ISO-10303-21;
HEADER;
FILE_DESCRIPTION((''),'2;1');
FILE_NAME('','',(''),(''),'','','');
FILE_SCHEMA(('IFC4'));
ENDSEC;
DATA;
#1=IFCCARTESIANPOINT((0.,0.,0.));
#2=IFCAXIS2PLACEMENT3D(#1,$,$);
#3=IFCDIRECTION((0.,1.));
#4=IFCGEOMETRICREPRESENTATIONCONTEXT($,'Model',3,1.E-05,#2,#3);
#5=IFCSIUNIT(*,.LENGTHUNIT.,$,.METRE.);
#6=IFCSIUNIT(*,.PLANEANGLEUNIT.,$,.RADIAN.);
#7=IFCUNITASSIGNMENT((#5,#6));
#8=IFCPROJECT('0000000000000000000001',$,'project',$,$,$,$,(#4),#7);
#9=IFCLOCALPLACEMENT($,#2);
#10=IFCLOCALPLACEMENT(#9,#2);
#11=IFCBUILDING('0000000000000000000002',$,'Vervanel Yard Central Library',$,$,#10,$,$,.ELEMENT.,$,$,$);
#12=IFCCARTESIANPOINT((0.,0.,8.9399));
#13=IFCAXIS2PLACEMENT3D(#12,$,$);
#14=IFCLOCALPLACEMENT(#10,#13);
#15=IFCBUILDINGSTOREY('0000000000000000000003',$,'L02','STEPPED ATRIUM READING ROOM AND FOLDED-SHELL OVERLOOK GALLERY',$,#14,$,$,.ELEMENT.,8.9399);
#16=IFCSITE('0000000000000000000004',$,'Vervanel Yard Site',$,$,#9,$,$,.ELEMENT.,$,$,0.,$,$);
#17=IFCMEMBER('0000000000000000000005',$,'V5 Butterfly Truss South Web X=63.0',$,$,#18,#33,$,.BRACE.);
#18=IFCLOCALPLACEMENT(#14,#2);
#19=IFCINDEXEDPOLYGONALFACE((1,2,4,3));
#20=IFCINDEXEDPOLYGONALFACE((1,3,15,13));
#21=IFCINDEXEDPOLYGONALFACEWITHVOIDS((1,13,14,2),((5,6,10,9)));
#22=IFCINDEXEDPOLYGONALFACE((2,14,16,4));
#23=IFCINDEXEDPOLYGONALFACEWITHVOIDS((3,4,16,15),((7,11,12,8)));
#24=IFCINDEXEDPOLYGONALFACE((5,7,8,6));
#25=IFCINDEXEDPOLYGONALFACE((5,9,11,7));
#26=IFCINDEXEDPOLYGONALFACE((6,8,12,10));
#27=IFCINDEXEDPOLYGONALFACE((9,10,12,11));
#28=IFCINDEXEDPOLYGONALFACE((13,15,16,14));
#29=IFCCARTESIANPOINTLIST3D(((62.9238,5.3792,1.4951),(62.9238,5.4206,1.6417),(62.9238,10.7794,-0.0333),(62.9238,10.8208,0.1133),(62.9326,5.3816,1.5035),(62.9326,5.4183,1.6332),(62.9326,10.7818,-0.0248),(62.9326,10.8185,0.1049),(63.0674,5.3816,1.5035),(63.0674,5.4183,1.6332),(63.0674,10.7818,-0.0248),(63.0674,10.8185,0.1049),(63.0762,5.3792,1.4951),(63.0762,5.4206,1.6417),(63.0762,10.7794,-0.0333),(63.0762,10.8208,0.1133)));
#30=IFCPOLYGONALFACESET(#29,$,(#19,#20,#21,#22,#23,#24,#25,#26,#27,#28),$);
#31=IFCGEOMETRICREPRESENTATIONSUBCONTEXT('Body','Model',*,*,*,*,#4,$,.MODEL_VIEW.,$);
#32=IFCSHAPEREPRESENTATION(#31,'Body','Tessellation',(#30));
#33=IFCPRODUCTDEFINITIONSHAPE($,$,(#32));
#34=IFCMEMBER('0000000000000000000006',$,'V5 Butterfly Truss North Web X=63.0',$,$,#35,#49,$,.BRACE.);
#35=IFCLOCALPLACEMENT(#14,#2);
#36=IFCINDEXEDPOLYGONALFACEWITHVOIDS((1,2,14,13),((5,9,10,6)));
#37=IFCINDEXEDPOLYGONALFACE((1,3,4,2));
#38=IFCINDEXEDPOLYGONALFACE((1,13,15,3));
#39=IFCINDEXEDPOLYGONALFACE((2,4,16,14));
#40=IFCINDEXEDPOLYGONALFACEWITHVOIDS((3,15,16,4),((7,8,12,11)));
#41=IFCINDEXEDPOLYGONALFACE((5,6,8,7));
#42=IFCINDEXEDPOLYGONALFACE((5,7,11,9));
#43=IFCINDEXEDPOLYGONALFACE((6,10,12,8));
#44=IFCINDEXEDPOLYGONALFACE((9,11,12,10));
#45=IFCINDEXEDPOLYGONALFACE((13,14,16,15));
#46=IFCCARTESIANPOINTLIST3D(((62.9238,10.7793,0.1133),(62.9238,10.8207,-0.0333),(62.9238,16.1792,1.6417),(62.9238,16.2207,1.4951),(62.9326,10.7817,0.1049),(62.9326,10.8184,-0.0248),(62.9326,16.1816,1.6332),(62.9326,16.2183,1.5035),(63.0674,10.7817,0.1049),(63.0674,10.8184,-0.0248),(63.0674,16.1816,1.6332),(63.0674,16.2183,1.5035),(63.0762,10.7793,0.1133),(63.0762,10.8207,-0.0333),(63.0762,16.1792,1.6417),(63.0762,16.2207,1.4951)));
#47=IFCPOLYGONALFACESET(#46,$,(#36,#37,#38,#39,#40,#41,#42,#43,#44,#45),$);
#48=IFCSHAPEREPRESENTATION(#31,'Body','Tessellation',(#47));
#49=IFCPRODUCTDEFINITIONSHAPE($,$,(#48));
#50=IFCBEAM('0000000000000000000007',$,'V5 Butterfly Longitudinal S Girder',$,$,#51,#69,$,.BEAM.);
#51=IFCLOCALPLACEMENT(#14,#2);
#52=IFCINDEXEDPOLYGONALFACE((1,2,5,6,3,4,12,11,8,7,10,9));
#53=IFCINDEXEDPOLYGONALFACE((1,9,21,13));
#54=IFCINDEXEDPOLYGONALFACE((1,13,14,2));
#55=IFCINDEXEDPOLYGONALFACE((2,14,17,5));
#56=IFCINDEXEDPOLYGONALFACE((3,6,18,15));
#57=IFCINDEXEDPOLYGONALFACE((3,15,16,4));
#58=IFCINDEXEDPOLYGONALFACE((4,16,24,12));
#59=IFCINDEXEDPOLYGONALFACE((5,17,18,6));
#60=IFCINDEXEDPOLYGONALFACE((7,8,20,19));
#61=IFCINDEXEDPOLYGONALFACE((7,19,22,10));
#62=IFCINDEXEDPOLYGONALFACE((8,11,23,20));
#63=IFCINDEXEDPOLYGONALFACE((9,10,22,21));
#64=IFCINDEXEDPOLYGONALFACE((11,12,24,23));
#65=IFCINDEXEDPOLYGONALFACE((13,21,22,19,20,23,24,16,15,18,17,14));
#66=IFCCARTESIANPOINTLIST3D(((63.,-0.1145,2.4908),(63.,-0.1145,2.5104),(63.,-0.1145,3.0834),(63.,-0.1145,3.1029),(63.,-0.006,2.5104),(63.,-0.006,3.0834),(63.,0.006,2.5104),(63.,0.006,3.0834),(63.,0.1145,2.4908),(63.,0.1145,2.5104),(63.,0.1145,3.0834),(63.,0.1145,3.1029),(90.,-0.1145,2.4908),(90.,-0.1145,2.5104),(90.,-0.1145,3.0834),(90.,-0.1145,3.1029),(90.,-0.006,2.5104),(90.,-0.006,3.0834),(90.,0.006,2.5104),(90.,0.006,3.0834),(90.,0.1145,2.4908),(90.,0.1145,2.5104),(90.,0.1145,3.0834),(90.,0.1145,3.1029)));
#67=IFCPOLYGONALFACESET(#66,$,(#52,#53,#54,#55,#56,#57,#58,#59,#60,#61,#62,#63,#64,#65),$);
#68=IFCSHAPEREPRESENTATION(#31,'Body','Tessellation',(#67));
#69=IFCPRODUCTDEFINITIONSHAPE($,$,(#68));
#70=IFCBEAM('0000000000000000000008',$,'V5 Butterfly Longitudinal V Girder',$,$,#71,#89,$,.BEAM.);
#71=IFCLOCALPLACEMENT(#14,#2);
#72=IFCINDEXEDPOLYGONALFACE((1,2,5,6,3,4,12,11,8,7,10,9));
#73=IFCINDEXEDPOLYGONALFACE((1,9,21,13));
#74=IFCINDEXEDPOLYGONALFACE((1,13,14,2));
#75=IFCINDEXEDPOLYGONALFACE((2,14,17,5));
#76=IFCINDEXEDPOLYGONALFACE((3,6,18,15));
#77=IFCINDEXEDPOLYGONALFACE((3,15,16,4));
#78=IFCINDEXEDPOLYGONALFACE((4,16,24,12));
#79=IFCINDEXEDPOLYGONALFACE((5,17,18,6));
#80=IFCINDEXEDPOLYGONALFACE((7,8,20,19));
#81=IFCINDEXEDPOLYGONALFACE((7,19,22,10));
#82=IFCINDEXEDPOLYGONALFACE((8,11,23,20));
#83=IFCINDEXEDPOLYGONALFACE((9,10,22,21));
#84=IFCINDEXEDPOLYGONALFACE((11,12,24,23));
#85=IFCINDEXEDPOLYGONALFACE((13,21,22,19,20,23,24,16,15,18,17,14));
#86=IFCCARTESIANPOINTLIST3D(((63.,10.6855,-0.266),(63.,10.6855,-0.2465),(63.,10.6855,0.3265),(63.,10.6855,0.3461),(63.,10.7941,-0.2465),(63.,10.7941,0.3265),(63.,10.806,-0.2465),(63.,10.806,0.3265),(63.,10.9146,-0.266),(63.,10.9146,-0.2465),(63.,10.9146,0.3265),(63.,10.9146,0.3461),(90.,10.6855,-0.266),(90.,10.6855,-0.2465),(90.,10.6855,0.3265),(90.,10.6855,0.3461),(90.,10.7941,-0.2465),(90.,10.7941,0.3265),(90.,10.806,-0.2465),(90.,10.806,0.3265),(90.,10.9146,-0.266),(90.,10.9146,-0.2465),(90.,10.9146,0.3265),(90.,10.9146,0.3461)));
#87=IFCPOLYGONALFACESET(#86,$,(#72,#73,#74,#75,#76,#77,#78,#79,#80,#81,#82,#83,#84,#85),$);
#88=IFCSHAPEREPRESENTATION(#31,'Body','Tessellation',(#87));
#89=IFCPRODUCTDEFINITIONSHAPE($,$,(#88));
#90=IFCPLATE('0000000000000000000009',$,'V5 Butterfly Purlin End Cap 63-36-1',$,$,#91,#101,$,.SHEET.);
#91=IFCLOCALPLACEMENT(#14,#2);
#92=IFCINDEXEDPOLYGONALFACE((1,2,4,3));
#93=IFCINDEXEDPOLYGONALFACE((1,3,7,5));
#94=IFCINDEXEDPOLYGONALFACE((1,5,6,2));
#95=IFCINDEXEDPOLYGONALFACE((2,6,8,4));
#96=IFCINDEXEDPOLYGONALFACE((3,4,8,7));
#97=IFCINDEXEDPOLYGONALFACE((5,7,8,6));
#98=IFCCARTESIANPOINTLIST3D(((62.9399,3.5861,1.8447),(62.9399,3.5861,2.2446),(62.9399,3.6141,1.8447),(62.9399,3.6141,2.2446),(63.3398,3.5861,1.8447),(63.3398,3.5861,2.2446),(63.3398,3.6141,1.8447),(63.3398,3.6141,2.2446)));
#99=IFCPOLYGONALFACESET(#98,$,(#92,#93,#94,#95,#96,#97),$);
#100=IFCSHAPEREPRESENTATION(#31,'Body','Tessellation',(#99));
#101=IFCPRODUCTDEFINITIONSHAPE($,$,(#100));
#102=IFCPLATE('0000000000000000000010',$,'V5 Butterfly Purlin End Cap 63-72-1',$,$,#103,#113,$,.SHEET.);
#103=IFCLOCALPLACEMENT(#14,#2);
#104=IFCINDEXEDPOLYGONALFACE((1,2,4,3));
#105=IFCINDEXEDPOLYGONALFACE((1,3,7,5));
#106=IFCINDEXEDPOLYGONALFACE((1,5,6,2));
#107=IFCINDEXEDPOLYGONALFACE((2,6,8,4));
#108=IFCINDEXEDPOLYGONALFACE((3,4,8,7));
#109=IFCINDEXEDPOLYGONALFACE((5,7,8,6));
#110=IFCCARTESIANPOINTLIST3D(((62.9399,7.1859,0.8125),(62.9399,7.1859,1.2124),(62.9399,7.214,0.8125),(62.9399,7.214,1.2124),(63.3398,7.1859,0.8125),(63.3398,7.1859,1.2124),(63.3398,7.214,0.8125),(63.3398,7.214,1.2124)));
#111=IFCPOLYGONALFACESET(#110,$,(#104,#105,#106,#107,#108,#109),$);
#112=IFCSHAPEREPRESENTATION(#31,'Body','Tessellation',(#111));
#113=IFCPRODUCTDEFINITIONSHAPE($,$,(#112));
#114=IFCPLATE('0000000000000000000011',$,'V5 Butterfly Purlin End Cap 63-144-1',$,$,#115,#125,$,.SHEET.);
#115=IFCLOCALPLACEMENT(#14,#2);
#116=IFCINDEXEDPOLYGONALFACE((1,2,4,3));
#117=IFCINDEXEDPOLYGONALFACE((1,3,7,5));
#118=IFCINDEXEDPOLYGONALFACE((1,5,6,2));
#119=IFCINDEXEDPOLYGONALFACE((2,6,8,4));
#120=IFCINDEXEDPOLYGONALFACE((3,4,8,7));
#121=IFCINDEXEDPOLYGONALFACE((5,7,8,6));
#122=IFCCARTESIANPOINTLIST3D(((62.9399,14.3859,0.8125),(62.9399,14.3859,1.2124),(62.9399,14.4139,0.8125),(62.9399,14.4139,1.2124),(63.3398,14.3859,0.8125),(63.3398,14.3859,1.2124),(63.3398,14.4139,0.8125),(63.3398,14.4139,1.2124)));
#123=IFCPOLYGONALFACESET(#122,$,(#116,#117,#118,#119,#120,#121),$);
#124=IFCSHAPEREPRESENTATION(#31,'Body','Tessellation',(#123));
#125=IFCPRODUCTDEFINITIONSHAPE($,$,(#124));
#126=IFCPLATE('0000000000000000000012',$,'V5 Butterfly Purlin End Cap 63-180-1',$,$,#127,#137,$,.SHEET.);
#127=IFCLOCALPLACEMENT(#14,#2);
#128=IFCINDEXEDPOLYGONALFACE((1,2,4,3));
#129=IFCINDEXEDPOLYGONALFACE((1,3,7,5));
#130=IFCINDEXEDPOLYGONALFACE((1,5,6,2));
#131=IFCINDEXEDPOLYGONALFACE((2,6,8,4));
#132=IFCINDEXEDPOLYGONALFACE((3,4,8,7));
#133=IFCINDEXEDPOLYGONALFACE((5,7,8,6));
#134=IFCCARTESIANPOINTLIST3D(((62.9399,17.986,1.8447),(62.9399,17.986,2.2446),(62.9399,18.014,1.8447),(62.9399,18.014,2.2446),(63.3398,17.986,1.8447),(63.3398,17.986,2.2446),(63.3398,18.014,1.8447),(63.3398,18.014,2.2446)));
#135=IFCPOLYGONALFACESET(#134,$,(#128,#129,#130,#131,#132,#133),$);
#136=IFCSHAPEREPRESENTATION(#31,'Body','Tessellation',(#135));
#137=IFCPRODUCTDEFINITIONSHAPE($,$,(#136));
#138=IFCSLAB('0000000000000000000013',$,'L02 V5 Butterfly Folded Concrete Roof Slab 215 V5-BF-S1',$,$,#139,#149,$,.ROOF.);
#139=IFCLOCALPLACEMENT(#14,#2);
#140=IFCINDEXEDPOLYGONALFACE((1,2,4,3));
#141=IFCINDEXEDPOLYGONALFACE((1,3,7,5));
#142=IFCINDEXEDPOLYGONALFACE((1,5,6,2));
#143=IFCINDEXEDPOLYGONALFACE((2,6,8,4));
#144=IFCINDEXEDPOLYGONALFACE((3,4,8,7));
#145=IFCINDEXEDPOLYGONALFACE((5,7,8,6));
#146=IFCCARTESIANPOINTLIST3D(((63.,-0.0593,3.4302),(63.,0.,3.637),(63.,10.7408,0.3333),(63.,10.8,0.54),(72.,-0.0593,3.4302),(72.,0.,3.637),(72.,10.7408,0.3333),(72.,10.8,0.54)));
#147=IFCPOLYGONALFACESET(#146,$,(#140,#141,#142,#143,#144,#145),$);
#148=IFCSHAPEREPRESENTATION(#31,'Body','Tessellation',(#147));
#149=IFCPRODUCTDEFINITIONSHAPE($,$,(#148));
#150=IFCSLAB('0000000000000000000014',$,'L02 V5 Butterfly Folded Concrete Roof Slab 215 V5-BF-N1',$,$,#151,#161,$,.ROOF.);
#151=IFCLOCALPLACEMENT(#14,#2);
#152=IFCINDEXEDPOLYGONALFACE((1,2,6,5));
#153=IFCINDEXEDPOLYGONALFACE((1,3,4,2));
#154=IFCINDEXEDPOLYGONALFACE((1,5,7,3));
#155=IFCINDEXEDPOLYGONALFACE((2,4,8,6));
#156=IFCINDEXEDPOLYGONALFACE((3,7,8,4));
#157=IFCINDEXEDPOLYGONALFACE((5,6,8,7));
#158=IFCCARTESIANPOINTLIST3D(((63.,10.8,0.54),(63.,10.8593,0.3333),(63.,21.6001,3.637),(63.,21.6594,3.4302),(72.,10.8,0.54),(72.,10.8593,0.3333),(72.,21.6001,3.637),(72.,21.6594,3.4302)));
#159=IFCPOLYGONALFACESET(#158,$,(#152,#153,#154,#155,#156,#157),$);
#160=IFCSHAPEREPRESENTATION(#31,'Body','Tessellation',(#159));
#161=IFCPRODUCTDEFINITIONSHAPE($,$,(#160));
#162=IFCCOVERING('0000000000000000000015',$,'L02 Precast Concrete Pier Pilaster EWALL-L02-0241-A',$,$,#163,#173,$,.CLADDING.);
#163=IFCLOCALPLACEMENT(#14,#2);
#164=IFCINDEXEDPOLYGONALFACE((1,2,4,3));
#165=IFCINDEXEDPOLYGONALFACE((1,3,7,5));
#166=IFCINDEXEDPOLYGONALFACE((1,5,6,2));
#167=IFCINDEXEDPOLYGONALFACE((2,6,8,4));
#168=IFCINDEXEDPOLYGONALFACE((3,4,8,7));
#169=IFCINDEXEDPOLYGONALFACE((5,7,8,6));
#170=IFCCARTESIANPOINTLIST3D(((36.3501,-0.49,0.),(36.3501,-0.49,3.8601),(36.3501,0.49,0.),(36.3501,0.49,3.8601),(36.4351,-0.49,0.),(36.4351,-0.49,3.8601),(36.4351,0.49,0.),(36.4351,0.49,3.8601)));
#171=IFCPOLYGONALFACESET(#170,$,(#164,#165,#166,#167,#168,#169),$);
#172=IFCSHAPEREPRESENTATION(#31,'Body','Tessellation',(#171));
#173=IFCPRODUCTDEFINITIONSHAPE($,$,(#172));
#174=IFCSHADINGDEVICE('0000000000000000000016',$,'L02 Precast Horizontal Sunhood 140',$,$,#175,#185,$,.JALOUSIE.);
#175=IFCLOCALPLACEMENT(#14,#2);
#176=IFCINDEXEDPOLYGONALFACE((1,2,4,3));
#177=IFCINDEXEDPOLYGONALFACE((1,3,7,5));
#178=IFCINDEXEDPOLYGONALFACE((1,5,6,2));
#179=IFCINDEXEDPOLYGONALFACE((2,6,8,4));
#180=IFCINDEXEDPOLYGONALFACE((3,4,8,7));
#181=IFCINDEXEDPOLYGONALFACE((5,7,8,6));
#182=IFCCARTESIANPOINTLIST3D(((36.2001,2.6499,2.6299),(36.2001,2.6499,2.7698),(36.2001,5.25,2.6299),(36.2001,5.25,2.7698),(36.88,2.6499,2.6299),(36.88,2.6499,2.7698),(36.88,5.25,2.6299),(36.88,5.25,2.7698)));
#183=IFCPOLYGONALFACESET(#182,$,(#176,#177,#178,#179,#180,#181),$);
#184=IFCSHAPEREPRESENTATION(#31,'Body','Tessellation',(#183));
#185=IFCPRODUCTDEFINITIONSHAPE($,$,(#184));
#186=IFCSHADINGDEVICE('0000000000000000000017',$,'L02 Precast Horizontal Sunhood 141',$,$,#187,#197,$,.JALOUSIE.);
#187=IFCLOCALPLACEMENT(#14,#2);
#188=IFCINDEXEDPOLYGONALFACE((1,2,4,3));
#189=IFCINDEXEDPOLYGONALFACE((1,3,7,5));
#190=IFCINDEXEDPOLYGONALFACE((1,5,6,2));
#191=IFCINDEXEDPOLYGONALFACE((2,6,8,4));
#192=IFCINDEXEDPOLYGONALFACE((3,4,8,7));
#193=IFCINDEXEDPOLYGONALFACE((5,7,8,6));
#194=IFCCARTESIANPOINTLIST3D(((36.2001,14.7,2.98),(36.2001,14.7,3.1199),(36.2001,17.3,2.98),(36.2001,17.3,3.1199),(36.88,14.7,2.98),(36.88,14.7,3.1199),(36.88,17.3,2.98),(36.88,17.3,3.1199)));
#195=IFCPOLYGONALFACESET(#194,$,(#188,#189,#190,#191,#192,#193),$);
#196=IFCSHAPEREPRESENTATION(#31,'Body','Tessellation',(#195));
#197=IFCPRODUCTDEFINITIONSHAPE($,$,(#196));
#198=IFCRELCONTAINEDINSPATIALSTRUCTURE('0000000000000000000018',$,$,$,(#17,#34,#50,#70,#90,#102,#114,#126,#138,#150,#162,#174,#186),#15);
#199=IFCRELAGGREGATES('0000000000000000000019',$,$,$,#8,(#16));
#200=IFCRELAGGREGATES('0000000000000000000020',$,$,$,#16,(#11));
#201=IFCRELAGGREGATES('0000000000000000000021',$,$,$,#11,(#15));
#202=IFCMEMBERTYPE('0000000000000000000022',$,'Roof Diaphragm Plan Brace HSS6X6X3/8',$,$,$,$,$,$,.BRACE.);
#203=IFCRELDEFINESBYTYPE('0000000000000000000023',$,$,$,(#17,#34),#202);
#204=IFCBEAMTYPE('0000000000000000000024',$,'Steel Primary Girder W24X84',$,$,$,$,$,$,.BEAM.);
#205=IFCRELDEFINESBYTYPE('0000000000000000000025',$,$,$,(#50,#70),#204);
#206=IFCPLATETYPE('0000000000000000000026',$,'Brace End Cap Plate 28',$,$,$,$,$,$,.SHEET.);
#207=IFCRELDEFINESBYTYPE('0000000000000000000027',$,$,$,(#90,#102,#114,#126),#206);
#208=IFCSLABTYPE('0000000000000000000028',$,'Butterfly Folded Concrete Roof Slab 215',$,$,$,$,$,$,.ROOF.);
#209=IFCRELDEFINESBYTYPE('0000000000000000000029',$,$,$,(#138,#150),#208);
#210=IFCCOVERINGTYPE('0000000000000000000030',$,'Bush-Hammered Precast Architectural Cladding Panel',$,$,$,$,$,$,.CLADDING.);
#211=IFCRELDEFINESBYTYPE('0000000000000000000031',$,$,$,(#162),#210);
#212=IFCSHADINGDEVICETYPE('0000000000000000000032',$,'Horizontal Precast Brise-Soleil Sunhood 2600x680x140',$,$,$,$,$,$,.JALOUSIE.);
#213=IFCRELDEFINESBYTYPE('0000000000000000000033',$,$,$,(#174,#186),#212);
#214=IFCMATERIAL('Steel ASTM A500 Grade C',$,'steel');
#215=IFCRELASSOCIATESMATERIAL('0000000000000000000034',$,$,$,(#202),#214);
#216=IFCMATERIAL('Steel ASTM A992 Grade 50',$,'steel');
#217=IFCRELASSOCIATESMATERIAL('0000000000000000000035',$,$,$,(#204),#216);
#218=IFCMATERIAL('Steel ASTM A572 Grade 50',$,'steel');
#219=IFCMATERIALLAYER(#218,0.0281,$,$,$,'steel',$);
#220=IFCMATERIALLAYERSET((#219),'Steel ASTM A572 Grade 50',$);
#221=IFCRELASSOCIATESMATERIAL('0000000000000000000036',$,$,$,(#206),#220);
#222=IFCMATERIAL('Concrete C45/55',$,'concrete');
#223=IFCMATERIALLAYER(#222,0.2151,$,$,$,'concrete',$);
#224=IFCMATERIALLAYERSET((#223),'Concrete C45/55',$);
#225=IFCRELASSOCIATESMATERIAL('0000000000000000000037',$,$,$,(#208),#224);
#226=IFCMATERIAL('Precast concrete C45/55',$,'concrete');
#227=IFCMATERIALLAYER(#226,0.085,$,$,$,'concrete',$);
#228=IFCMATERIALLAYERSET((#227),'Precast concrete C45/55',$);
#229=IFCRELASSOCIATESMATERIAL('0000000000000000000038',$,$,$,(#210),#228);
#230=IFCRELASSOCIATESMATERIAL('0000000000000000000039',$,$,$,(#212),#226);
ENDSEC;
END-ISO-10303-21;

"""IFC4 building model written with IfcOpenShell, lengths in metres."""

from ifc_helpers import new_model, si_unit, direction, frame, origin, origin_2d, place, context, subcontext, project, spatial, polyline, rectangle, hollow_rectangle, i_section, outline, extrude, material, layer, layer_set, material_profile, profile_set, type_object, element, save


model = new_model("IFC4")

# Units and contexts
model_context = context("Model", 3, precision=1e-05, world=origin(), true_north=direction((0.0, 1.0)))
body_context = subcontext(model_context, "Body", "Model", "MODEL_VIEW")
ifc_project = project(units=[si_unit("LENGTHUNIT", "METRE"), si_unit("PLANEANGLEUNIT", "RADIAN")], contexts=[model_context])

# Site, building, storey
site_placement = place(None, origin())
site = spatial("IfcSite", under=ifc_project, at=site_placement, Name="Vervanel Yard Site", CompositionType="ELEMENT", RefElevation=0.0)
building_placement = place(site_placement, origin())
building = spatial("IfcBuilding", under=site, at=building_placement, Name="Vervanel Yard Central Library", CompositionType="ELEMENT")
storey_placement = place(building_placement, frame((0.0, 0.0, 8.9399)))
storey = spatial("IfcBuildingStorey", under=building, at=storey_placement, Name="L02", Description="STEPPED ATRIUM READING ROOM AND FOLDED-SHELL OVERLOOK GALLERY", CompositionType="ELEMENT", Elevation=8.9399)

# Shared definitions
ifc_material_1 = material(Name="Steel ASTM A992 Grade 50", Category="steel")

# Shared definitions
ifc_material_2 = material(Name="Steel ASTM A500 Grade C", Category="steel")

# Members
ifc_material_profile_1 = material_profile(ifc_material_2, hollow_rectangle(XDim=0.1523, YDim=0.1523, WallThickness=0.0088, at=origin_2d()), Name="HSS6X6X3/8", Category="steel")
ifc_profile_set_1 = profile_set([ifc_material_profile_1], Name="Steel ASTM A500 Grade C")
member_type_1 = type_object("IfcMemberType", Name="Roof Diaphragm Plan Brace HSS6X6X3/8", PredefinedType="BRACE", material=ifc_profile_set_1)
member_1_placement = place(storey_placement, frame((63.0, 5.3999, 1.5684), z_axis=(0.0, 0.962207, -0.272319), x_axis=(-1.0, 0.0, 0.0)))
element("IfcMember", 1, at=member_1_placement, inside=storey, type_object=member_type_1, Name="V5 Butterfly Truss South Web X=63.0", PredefinedType="BRACE", context=body_context, shape_type="SweptSolid", body=[
    extrude(hollow_rectangle(XDim=0.1523, YDim=0.1523, WallThickness=0.0088, at=origin_2d()), origin(), (0.0, 0.0, 1.0), 5.6123),
])
member_2_placement = place(storey_placement, frame((63.0, 16.2, 1.5684), z_axis=(0.0, -0.962204, -0.27233), x_axis=(1.0, 0.0, 0.0)))
element("IfcMember", 2, at=member_2_placement, inside=storey, type_object=member_type_1, Name="V5 Butterfly Truss North Web X=63.0", PredefinedType="BRACE", context=body_context, shape_type="SweptSolid", body=[
    extrude(hollow_rectangle(XDim=0.1523, YDim=0.1523, WallThickness=0.0088, at=origin_2d()), origin(), (0.0, 0.0, 1.0), 5.6121),
])

# Beams
ifc_material_profile_2 = material_profile(ifc_material_1, i_section(OverallWidth=0.229, OverallDepth=0.6121, WebThickness=0.012, FlangeThickness=0.0195, at=origin_2d()), Name="W24X84", Category="steel")
ifc_profile_set_2 = profile_set([ifc_material_profile_2], Name="Steel ASTM A992 Grade 50")
beam_type_1 = type_object("IfcBeamType", Name="Steel Primary Girder W24X84", PredefinedType="BEAM", material=ifc_profile_set_2)
for number, where, z_axis, x_axis, name in (
    (3, (63.0, 0.0, 2.7969), (1.0, 0.0, 0.0), (0.0, 1.0, 0.0), "V5 Butterfly Longitudinal S Girder"),
    (4, (63.0, 10.8, 0.04), (1.0, 0.0, 0.0), (0.0, 1.0, 0.0), "V5 Butterfly Longitudinal V Girder"),
):
    element("IfcBeam", number, at=place(storey_placement, frame(where, z_axis=z_axis, x_axis=x_axis)), inside=storey, type_object=beam_type_1, Name=name, PredefinedType="BEAM", context=body_context, shape_type="SweptSolid", body=[
        extrude(i_section(OverallWidth=0.229, OverallDepth=0.6121, WebThickness=0.012, FlangeThickness=0.0195, at=origin_2d()), origin(), (0.0, 0.0, 1.0), 27.0),
    ])

# Plates
ifc_material_3 = material(Name="Steel ASTM A572 Grade 50", Category="steel")
ifc_layer_1 = layer(ifc_material_3, 0.0281, Category="steel")
ifc_layer_set_1 = layer_set([ifc_layer_1], Name="Steel ASTM A572 Grade 50")
plate_type = type_object("IfcPlateType", Name="Brace End Cap Plate 28", PredefinedType="SHEET", material=ifc_layer_set_1)
for number, where, z_axis, x_axis, name in (
    (5, (63.1399, 3.6001, 1.8447), (0.0, 0.0, 1.0), (1.0, 0.0, 0.0), "V5 Butterfly Purlin End Cap 63-36-1"),
    (6, (63.1399, 7.2, 0.8125), (0.0, 0.0, 1.0), (1.0, 0.0, 0.0), "V5 Butterfly Purlin End Cap 63-72-1"),
    (7, (63.1399, 14.3999, 0.8125), (0.0, 0.0, 1.0), (1.0, 0.0, 0.0), "V5 Butterfly Purlin End Cap 63-144-1"),
    (8, (63.1399, 18.0, 1.8447), (0.0, 0.0, 1.0), (1.0, 0.0, 0.0), "V5 Butterfly Purlin End Cap 63-180-1"),
):
    element("IfcPlate", number, at=place(storey_placement, frame(where, z_axis=z_axis, x_axis=x_axis)), inside=storey, type_object=plate_type, Name=name, PredefinedType="SHEET", context=body_context, shape_type="SweptSolid", body=[
        extrude(rectangle(XDim=0.3999, YDim=0.0281, at=origin_2d()), origin(), (0.0, 0.0, 1.0), 0.3999),
    ])

# Slabs
ifc_material_4 = material(Name="Concrete C45/55", Category="concrete")
ifc_layer_2 = layer(ifc_material_4, 0.2151, Category="concrete")
ifc_layer_set_2 = layer_set([ifc_layer_2], Name="Concrete C45/55")
slab_type = type_object("IfcSlabType", Name="Butterfly Folded Concrete Roof Slab 215", PredefinedType="ROOF", material=ifc_layer_set_2)
for number, where, z_axis, x_axis, name in (
    (9, (63.0, 0.0, 3.637), (0.0, 0.275642, 0.96126), (1.0, 0.0, 0.0), "L02 V5 Butterfly Folded Concrete Roof Slab 215 V5-BF-S1"),
    (10, (63.0, 10.8, 0.54), (0.0, -0.275642, 0.96126), (1.0, 0.0, 0.0), "L02 V5 Butterfly Folded Concrete Roof Slab 215 V5-BF-N1"),
):
    element("IfcSlab", number, at=place(storey_placement, frame(where, z_axis=z_axis, x_axis=x_axis)), inside=storey, type_object=slab_type, Name=name, PredefinedType="ROOF", context=body_context, shape_type="SweptSolid", body=[
        extrude(outline(polyline([(0.0, 0.0), (9.0, 0.0), (9.0, 11.2353), (0.0, 11.2353), (0.0, 0.0)])), origin(), (0.0, 0.0, -1.0), 0.2151),
    ])

# Covering
ifc_material_5 = material(Name="Precast concrete C45/55", Category="concrete")
ifc_layer_3 = layer(ifc_material_5, 0.085, Category="concrete")
ifc_layer_set_3 = layer_set([ifc_layer_3], Name="Precast concrete C45/55")
covering_type = type_object("IfcCoveringType", Name="Bush-Hammered Precast Architectural Cladding Panel", PredefinedType="CLADDING", material=ifc_layer_set_3)
covering_placement = place(storey_placement, frame((36.3926, 0.0, 0.0), z_axis=(0.0, 0.0, 1.0), x_axis=(0.0, 1.0, 0.0)))
element("IfcCovering", 11, at=covering_placement, inside=storey, type_object=covering_type, Name="L02 Precast Concrete Pier Pilaster EWALL-L02-0241-A", PredefinedType="CLADDING", context=body_context, shape_type="SweptSolid", body=[
    extrude(rectangle(XDim=0.98, YDim=0.085, at=origin_2d()), origin(), (0.0, 0.0, 1.0), 3.8601),
])

# Shading devices
shading_device_type_1 = type_object("IfcShadingDeviceType", Name="Horizontal Precast Brise-Soleil Sunhood 2600x680x140", PredefinedType="JALOUSIE", material=ifc_material_5)
for number, where, z_axis, x_axis, name in (
    (12, (36.54, 3.95, 2.6299), (0.0, 0.0, 1.0), (0.0, 1.0, 0.0), "L02 Precast Horizontal Sunhood 140"),
    (13, (36.54, 16.0, 2.98), (0.0, 0.0, 1.0), (0.0, 1.0, 0.0), "L02 Precast Horizontal Sunhood 141"),
):
    element("IfcShadingDevice", number, at=place(storey_placement, frame(where, z_axis=z_axis, x_axis=x_axis)), inside=storey, type_object=shading_device_type_1, Name=name, PredefinedType="JALOUSIE", context=body_context, shape_type="SweptSolid", body=[
        extrude(rectangle(XDim=2.6001, YDim=0.6799, at=origin_2d()), origin(), (0.0, 0.0, 1.0), 0.1399),
    ])

save(model, "model.ifc")
